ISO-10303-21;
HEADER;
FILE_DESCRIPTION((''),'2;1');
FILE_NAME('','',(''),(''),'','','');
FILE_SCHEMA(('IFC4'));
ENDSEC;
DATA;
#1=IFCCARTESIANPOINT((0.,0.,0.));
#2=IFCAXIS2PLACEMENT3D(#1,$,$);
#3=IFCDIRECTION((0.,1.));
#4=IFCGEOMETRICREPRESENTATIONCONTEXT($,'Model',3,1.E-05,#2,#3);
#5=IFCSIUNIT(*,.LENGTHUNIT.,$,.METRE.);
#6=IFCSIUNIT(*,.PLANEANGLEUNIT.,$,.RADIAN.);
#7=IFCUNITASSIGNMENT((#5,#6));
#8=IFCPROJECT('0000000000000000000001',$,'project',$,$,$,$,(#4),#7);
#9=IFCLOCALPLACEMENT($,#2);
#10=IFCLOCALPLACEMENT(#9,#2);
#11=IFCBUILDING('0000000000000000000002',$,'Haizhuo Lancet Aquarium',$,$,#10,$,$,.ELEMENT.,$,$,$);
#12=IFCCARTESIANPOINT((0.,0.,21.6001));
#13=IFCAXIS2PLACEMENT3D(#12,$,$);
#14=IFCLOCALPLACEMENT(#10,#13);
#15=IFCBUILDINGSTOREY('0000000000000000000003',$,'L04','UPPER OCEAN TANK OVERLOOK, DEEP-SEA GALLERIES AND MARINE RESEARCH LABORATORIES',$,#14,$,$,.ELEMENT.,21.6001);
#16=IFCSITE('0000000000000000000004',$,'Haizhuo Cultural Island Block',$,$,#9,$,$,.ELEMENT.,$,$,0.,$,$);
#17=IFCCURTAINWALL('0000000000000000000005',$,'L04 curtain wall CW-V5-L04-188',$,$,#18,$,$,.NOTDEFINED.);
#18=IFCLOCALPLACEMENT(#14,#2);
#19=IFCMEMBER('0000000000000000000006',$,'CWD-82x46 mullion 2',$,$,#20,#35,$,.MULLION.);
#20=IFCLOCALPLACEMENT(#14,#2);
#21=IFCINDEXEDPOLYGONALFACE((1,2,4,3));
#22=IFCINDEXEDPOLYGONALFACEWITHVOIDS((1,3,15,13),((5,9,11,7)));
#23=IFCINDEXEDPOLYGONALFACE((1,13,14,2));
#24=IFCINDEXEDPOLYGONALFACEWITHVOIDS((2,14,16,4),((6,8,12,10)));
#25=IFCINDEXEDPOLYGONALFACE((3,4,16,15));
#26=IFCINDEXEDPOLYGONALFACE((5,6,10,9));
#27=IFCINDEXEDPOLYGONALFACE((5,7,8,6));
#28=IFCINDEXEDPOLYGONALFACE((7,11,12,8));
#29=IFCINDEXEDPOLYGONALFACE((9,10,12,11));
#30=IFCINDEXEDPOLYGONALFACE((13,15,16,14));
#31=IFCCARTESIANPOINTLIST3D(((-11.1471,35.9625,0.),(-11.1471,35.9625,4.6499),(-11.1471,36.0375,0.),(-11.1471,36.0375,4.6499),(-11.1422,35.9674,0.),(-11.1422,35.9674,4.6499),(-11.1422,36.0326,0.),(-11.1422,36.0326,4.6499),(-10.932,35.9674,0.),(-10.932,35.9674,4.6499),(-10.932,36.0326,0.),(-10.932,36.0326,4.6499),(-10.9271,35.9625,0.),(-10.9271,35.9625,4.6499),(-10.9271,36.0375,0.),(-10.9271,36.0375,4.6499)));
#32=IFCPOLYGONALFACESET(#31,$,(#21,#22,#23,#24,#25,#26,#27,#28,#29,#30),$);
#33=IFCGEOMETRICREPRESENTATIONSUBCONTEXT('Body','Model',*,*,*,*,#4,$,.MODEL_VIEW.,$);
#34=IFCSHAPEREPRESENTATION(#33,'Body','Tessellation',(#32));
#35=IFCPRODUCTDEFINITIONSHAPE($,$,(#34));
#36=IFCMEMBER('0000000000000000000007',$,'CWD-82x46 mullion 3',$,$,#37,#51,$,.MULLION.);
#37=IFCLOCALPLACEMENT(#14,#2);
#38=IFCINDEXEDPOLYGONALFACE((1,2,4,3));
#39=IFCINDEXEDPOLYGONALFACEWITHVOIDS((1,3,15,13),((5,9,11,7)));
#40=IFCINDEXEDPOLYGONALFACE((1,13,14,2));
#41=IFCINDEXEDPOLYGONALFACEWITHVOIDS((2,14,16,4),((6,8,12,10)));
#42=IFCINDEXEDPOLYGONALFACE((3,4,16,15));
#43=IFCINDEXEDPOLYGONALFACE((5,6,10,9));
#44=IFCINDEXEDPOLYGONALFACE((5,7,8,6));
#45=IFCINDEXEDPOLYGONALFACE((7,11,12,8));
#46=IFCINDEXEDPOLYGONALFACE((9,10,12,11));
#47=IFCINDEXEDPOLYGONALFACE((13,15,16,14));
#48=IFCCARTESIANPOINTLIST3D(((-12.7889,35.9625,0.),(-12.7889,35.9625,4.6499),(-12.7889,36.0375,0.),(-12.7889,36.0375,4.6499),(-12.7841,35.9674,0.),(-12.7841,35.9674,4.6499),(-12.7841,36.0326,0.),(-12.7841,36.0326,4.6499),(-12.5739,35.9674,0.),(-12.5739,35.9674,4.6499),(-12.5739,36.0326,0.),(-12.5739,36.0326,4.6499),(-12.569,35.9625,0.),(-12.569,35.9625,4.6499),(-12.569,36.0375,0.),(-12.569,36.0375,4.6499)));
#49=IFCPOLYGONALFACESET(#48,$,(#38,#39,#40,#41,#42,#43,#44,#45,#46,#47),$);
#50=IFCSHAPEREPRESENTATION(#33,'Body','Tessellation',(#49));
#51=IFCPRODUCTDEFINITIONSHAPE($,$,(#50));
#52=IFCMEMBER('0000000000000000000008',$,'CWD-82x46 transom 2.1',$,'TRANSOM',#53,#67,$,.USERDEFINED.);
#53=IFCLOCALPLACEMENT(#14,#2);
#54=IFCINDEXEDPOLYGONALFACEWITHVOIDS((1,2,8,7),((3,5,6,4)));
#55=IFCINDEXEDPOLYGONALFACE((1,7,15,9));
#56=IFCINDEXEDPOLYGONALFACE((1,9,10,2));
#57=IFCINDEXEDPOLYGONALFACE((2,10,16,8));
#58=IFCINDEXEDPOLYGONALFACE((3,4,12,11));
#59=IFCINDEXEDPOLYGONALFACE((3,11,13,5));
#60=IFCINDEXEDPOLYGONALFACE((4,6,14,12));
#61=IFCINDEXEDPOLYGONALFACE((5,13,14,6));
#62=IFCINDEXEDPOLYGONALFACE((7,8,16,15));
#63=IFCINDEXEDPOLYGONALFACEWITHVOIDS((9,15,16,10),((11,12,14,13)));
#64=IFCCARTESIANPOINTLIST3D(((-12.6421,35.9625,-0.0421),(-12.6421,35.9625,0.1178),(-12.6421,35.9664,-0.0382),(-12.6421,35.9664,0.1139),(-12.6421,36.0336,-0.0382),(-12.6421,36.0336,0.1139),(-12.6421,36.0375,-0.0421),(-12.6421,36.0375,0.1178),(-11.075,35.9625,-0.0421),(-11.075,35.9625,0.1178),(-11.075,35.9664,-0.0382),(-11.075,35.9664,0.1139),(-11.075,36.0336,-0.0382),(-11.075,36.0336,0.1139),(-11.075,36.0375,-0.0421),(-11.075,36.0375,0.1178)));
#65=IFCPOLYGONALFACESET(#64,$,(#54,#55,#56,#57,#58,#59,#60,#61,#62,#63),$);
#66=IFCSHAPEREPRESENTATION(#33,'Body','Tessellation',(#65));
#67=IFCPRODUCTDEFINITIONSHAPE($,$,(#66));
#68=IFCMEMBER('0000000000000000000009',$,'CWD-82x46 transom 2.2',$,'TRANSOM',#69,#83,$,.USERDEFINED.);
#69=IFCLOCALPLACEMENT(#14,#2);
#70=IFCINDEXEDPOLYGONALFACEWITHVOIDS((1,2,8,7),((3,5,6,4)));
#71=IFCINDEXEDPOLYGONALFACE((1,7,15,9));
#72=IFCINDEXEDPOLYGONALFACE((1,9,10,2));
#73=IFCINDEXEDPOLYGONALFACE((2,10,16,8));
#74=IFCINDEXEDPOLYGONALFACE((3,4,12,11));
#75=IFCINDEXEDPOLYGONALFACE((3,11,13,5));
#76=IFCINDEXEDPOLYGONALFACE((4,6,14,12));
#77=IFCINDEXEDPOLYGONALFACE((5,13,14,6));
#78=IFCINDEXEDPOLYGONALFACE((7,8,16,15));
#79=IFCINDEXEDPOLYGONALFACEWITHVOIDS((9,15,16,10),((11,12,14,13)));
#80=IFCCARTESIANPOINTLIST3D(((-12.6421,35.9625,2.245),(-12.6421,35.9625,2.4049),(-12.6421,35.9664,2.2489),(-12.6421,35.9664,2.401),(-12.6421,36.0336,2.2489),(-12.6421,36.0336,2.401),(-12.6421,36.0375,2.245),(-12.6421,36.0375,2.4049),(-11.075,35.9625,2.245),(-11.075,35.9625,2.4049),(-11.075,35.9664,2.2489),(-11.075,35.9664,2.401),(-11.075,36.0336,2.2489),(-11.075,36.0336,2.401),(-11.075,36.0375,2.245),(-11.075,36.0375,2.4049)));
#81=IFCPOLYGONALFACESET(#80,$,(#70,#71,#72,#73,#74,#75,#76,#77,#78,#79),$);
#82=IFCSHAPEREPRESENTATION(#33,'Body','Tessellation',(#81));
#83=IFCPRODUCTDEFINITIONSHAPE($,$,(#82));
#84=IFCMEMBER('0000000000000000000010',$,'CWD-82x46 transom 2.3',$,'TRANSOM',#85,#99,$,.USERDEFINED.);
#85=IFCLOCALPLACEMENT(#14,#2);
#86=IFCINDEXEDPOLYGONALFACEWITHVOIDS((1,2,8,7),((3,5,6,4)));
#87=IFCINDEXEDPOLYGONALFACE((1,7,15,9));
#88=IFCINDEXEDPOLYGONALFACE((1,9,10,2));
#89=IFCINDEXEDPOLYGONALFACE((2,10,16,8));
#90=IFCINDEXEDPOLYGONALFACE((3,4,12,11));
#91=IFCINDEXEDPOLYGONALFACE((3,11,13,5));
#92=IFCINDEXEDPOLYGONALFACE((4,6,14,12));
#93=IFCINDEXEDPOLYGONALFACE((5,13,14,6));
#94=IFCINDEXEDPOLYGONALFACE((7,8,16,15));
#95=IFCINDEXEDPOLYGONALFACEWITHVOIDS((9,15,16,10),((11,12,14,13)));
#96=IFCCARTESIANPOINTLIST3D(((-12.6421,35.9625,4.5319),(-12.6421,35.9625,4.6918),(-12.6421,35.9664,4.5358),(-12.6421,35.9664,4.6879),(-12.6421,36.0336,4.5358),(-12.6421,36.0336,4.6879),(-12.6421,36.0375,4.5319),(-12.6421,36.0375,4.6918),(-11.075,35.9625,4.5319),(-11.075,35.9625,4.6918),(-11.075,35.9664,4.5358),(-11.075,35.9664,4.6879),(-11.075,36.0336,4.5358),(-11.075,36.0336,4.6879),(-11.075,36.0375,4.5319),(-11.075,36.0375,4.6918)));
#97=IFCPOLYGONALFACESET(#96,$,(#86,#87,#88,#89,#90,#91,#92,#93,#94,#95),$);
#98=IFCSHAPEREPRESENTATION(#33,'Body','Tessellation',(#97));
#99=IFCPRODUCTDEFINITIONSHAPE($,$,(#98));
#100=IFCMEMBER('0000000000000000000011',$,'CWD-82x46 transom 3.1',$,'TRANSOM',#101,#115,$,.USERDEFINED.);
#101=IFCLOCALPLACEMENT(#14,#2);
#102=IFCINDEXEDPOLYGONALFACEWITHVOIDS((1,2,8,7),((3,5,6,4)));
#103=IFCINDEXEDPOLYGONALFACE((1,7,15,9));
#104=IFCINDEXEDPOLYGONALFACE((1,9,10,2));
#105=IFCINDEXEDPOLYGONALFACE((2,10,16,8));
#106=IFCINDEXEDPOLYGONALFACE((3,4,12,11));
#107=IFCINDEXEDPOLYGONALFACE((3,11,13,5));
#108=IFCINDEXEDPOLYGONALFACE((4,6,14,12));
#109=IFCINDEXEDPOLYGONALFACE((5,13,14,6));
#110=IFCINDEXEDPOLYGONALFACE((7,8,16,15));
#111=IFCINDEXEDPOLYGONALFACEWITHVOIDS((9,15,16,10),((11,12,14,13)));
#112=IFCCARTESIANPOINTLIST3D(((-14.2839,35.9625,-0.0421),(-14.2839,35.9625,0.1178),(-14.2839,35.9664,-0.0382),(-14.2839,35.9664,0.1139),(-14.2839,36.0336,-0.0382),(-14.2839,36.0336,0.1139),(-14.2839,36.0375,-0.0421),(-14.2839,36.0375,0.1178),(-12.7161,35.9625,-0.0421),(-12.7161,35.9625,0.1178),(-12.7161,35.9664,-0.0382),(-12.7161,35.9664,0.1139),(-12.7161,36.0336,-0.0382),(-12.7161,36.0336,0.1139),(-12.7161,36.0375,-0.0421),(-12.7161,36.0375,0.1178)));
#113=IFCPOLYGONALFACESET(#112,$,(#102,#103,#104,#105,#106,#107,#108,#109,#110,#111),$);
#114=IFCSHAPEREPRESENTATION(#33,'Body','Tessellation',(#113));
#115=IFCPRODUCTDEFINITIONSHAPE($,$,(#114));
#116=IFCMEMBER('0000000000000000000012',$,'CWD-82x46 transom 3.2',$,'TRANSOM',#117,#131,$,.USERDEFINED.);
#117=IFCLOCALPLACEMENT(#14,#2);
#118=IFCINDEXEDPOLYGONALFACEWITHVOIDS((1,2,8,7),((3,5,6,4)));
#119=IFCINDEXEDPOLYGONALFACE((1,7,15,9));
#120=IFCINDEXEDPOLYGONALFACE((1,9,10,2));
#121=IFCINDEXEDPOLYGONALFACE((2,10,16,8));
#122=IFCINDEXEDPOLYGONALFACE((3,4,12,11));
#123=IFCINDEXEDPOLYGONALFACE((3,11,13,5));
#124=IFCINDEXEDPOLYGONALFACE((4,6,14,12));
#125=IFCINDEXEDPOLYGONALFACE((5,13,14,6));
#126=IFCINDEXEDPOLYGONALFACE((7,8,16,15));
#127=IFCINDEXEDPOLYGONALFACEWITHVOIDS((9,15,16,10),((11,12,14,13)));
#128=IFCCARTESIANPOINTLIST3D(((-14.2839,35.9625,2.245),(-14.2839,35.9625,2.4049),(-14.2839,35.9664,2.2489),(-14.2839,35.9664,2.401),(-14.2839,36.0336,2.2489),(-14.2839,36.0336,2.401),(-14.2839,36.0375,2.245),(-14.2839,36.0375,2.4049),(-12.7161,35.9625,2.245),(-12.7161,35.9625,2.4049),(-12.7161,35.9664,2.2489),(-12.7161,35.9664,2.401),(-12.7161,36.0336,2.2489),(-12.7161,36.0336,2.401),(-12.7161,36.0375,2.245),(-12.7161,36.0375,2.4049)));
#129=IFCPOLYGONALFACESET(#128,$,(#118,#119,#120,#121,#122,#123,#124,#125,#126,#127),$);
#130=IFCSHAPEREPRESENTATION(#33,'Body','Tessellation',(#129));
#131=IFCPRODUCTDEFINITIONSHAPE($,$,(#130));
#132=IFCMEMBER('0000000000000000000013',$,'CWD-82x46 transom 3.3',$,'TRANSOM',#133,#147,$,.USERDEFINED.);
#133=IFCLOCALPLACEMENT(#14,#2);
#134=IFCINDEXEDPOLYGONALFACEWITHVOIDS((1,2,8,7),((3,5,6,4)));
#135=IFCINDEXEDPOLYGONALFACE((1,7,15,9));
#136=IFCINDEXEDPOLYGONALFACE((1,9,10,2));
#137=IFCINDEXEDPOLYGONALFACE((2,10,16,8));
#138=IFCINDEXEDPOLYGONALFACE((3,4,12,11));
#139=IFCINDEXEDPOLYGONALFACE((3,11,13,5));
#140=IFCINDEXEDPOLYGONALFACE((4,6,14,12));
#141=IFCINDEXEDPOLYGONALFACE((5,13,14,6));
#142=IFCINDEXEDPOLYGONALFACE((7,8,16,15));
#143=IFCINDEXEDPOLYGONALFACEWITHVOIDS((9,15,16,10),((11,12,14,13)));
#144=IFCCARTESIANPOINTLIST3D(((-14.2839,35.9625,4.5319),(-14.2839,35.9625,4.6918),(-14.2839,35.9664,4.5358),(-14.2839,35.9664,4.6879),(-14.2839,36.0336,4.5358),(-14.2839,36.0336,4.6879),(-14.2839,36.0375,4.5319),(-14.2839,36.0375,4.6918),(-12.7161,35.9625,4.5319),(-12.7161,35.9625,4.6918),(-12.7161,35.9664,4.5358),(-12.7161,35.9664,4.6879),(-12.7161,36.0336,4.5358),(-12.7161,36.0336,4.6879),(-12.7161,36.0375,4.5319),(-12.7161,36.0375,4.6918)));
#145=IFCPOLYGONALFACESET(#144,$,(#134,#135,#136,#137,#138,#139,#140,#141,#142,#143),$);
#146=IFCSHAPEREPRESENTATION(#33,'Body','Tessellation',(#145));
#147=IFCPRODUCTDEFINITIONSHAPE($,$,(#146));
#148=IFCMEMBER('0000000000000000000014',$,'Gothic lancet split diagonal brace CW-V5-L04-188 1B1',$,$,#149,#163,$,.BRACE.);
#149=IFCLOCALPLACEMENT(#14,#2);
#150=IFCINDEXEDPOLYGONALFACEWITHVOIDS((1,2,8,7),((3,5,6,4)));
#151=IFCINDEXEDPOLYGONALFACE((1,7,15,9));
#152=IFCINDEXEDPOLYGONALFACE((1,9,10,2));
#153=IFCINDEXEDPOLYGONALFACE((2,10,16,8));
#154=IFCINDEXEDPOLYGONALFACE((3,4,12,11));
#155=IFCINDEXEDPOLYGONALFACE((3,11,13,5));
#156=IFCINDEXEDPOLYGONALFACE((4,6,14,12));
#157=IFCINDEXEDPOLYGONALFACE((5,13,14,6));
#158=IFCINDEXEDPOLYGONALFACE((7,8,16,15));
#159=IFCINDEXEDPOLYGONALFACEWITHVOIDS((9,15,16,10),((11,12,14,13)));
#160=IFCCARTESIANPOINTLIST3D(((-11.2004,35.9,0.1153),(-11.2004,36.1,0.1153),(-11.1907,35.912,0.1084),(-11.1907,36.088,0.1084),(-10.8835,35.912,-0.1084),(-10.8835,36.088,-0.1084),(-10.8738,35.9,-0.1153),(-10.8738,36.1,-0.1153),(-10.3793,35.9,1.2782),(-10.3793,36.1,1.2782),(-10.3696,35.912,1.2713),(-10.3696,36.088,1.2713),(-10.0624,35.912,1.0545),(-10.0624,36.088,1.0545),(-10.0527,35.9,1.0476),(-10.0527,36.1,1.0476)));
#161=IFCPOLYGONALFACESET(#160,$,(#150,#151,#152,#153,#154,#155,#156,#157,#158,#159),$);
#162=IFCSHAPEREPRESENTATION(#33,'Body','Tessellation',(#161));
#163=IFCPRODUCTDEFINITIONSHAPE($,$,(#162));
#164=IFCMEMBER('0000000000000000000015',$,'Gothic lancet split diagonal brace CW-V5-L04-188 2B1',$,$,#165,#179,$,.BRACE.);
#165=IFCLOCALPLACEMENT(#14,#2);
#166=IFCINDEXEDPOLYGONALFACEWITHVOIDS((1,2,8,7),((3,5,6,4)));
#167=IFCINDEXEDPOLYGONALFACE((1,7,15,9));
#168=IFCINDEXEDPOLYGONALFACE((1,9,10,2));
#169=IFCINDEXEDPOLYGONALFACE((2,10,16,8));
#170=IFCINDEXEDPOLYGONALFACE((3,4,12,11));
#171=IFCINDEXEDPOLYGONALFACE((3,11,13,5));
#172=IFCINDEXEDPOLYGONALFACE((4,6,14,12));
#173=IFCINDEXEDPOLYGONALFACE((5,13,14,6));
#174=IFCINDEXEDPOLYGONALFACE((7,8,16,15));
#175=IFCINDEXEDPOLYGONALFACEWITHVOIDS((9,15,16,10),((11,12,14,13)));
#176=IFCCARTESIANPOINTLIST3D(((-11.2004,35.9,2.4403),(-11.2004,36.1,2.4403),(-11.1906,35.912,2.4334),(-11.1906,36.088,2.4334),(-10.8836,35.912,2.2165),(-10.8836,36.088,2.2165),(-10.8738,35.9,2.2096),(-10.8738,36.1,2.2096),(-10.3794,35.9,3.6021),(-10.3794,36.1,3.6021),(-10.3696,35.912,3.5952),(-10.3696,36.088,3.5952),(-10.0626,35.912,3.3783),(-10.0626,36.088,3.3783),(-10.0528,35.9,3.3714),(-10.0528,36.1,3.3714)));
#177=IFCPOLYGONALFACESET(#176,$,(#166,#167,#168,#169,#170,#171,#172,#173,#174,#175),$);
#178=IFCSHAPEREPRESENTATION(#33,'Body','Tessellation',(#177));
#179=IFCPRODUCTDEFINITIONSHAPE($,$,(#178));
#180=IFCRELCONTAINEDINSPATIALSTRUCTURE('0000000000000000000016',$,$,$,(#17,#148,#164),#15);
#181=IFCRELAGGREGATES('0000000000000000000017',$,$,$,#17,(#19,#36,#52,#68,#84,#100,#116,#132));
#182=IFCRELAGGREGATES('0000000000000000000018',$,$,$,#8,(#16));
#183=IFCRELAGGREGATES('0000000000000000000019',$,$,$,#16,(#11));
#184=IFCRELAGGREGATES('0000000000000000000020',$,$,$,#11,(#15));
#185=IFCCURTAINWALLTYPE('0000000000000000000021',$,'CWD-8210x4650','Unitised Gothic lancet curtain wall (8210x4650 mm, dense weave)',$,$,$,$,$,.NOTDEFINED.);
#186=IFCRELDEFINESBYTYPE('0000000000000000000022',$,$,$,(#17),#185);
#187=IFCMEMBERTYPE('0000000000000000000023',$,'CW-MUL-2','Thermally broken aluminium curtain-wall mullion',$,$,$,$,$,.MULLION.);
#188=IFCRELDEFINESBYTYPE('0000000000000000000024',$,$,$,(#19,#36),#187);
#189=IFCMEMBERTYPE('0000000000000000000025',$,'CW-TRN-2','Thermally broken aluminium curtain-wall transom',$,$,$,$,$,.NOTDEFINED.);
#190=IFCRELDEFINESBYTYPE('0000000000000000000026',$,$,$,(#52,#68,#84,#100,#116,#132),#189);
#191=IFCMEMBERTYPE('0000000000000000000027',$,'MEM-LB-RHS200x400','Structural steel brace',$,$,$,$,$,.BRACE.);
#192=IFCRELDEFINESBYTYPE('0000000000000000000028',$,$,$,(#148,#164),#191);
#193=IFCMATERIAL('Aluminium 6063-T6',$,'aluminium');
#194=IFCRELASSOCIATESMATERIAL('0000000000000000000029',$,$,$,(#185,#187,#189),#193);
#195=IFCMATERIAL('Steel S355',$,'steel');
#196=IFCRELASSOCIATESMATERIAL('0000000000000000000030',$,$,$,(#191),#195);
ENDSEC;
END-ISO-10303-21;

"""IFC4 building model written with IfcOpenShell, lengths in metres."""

from ifc_helpers import new_model, si_unit, direction, frame, origin, origin_2d, place, context, subcontext, project, spatial, hollow_rectangle, extrude, material, material_profile, profile_set, type_object, element, aggregate, save


model = new_model("IFC4")

# Units and contexts
model_context = context("Model", 3, precision=1e-05, world=origin(), true_north=direction((0.0, 1.0)))
body_context = subcontext(model_context, "Body", "Model", "MODEL_VIEW")
ifc_project = project(units=[si_unit("LENGTHUNIT", "METRE"), si_unit("PLANEANGLEUNIT", "RADIAN")], contexts=[model_context])

# Site, building, storey
site_placement = place(None, origin())
site = spatial("IfcSite", under=ifc_project, at=site_placement, Name="Haizhuo Cultural Island Block", CompositionType="ELEMENT", RefElevation=0.0)
building_placement = place(site_placement, origin())
building = spatial("IfcBuilding", under=site, at=building_placement, Name="Haizhuo Lancet Aquarium", CompositionType="ELEMENT")
storey_placement = place(building_placement, frame((0.0, 0.0, 21.6001)))
storey = spatial("IfcBuildingStorey", under=building, at=storey_placement, Name="L04", Description="UPPER OCEAN TANK OVERLOOK, DEEP-SEA GALLERIES AND MARINE RESEARCH LABORATORIES", CompositionType="ELEMENT", Elevation=21.6001)

# Curtain wall, members
ifc_material_1 = material(Name="Aluminium 6063-T6", Category="aluminium")
curtain_wall_type = type_object("IfcCurtainWallType", Name="CWD-8210x4650", Description="Unitised Gothic lancet curtain wall (8210x4650 mm, dense weave)", PredefinedType="NOTDEFINED", material=ifc_material_1)
curtain_wall_placement = place(storey_placement, origin())
curtain_wall = element("IfcCurtainWall", 1, at=curtain_wall_placement, inside=storey, type_object=curtain_wall_type, Name="L04 curtain wall CW-V5-L04-188", PredefinedType="NOTDEFINED")
ifc_material_profile_1 = material_profile(ifc_material_1, hollow_rectangle(XDim=0.075, YDim=0.22, WallThickness=0.0049, at=origin_2d()), Name="ALU-M 75x220x5")
ifc_profile_set_1 = profile_set([ifc_material_profile_1], Name="Aluminium 6063-T6")
member_type_1 = type_object("IfcMemberType", Name="CW-MUL-2", Description="Thermally broken aluminium curtain-wall mullion", PredefinedType="MULLION", material=ifc_profile_set_1)
member_1_placement = place(storey_placement, frame((-11.0371, 36.0, 0.0), z_axis=(0.0, 0.0, 1.0), x_axis=(0.0, -1.0, 0.0)))
member_1 = element("IfcMember", 2, at=member_1_placement, type_object=member_type_1, Name="CWD-82x46 mullion 2", PredefinedType="MULLION", context=body_context, shape_type="SweptSolid", body=[
    extrude(hollow_rectangle(XDim=0.075, YDim=0.22, WallThickness=0.0049, at=origin_2d()), origin(), (0.0, 0.0, 1.0), 4.6499),
])
member_2_placement = place(storey_placement, frame((-12.679, 36.0, 0.0), z_axis=(0.0, 0.0, 1.0), x_axis=(0.0, -1.0, 0.0)))
member_2 = element("IfcMember", 3, at=member_2_placement, type_object=member_type_1, Name="CWD-82x46 mullion 3", PredefinedType="MULLION", context=body_context, shape_type="SweptSolid", body=[
    extrude(hollow_rectangle(XDim=0.075, YDim=0.22, WallThickness=0.0049, at=origin_2d()), origin(), (0.0, 0.0, 1.0), 4.6499),
])
ifc_material_profile_2 = material_profile(ifc_material_1, hollow_rectangle(XDim=0.075, YDim=0.1599, WallThickness=0.0039, at=origin_2d()), Name="ALU-T 75x160x4")
ifc_profile_set_2 = profile_set([ifc_material_profile_2], Name="Aluminium 6063-T6")
member_type_2 = type_object("IfcMemberType", Name="CW-TRN-2", Description="Thermally broken aluminium curtain-wall transom", PredefinedType="NOTDEFINED", material=ifc_profile_set_2)
member_3_placement = place(storey_placement, frame((-11.075, 36.0, 0.0378), z_axis=(-1.0, 0.0, 0.0), x_axis=(0.0, -1.0, 0.0)))
member_3 = element("IfcMember", 4, at=member_3_placement, type_object=member_type_2, Name="CWD-82x46 transom 2.1", ObjectType="TRANSOM", PredefinedType="USERDEFINED", context=body_context, shape_type="SweptSolid", body=[
    extrude(hollow_rectangle(XDim=0.075, YDim=0.1599, WallThickness=0.0039, at=origin_2d()), origin(), (0.0, 0.0, 1.0), 1.5671),
])
member_4_placement = place(storey_placement, frame((-11.075, 36.0, 2.325), z_axis=(-1.0, 0.0, 0.0), x_axis=(0.0, -1.0, 0.0)))
member_4 = element("IfcMember", 5, at=member_4_placement, type_object=member_type_2, Name="CWD-82x46 transom 2.2", ObjectType="TRANSOM", PredefinedType="USERDEFINED", context=body_context, shape_type="SweptSolid", body=[
    extrude(hollow_rectangle(XDim=0.075, YDim=0.1599, WallThickness=0.0039, at=origin_2d()), origin(), (0.0, 0.0, 1.0), 1.5671),
])
member_5_placement = place(storey_placement, frame((-11.075, 36.0, 4.6118), z_axis=(-1.0, 0.0, 0.0), x_axis=(0.0, -1.0, 0.0)))
member_5 = element("IfcMember", 6, at=member_5_placement, type_object=member_type_2, Name="CWD-82x46 transom 2.3", ObjectType="TRANSOM", PredefinedType="USERDEFINED", context=body_context, shape_type="SweptSolid", body=[
    extrude(hollow_rectangle(XDim=0.075, YDim=0.1599, WallThickness=0.0039, at=origin_2d()), origin(), (0.0, 0.0, 1.0), 1.5671),
])
member_6_placement = place(storey_placement, frame((-12.7161, 36.0, 0.0378), z_axis=(-1.0, 0.0, 0.0), x_axis=(0.0, -1.0, 0.0)))
member_6 = element("IfcMember", 7, at=member_6_placement, type_object=member_type_2, Name="CWD-82x46 transom 3.1", ObjectType="TRANSOM", PredefinedType="USERDEFINED", context=body_context, shape_type="SweptSolid", body=[
    extrude(hollow_rectangle(XDim=0.075, YDim=0.1599, WallThickness=0.0039, at=origin_2d()), origin(), (0.0, 0.0, 1.0), 1.5679),
])
member_7_placement = place(storey_placement, frame((-12.7161, 36.0, 2.325), z_axis=(-1.0, 0.0, 0.0), x_axis=(0.0, -1.0, 0.0)))
member_7 = element("IfcMember", 8, at=member_7_placement, type_object=member_type_2, Name="CWD-82x46 transom 3.2", ObjectType="TRANSOM", PredefinedType="USERDEFINED", context=body_context, shape_type="SweptSolid", body=[
    extrude(hollow_rectangle(XDim=0.075, YDim=0.1599, WallThickness=0.0039, at=origin_2d()), origin(), (0.0, 0.0, 1.0), 1.5679),
])
member_8_placement = place(storey_placement, frame((-12.7161, 36.0, 4.6118), z_axis=(-1.0, 0.0, 0.0), x_axis=(0.0, -1.0, 0.0)))
member_8 = element("IfcMember", 9, at=member_8_placement, type_object=member_type_2, Name="CWD-82x46 transom 3.3", ObjectType="TRANSOM", PredefinedType="USERDEFINED", context=body_context, shape_type="SweptSolid", body=[
    extrude(hollow_rectangle(XDim=0.075, YDim=0.1599, WallThickness=0.0039, at=origin_2d()), origin(), (0.0, 0.0, 1.0), 1.5679),
])

# Members
ifc_material_2 = material(Name="Steel S355", Category="steel")
ifc_material_profile_3 = material_profile(ifc_material_2, hollow_rectangle(XDim=0.2, YDim=0.3999, WallThickness=0.012, at=origin_2d()), Name="RHS 200x400x12")
ifc_profile_set_3 = profile_set([ifc_material_profile_3], Name="Steel S355")
member_type_3 = type_object("IfcMemberType", Name="MEM-LB-RHS200x400", Description="Structural steel brace", PredefinedType="BRACE", material=ifc_profile_set_3)
member_9_placement = place(storey_placement, frame((-11.0371, 36.0, 0.0), z_axis=(0.576784, 0.0, 0.816897), x_axis=(0.0, 1.0, 0.0)))
element("IfcMember", 10, at=member_9_placement, inside=storey, type_object=member_type_3, Name="Gothic lancet split diagonal brace CW-V5-L04-188 1B1", PredefinedType="BRACE", context=body_context, shape_type="SweptSolid", body=[
    extrude(hollow_rectangle(XDim=0.2, YDim=0.3999, WallThickness=0.012, at=origin_2d()), origin(), (0.0, 0.0, 1.0), 1.4236),
])
member_10_placement = place(storey_placement, frame((-11.0371, 36.0, 2.325), z_axis=(0.577108, 0.0, 0.816668), x_axis=(0.0, 1.0, 0.0)))
element("IfcMember", 11, at=member_10_placement, inside=storey, type_object=member_type_3, Name="Gothic lancet split diagonal brace CW-V5-L04-188 2B1", PredefinedType="BRACE", context=body_context, shape_type="SweptSolid", body=[
    extrude(hollow_rectangle(XDim=0.2, YDim=0.3999, WallThickness=0.012, at=origin_2d()), origin(), (0.0, 0.0, 1.0), 1.4226),
])

aggregate(curtain_wall, [member_1, member_2, member_3, member_4, member_5, member_6, member_7, member_8])

save(model, "model.ifc")
